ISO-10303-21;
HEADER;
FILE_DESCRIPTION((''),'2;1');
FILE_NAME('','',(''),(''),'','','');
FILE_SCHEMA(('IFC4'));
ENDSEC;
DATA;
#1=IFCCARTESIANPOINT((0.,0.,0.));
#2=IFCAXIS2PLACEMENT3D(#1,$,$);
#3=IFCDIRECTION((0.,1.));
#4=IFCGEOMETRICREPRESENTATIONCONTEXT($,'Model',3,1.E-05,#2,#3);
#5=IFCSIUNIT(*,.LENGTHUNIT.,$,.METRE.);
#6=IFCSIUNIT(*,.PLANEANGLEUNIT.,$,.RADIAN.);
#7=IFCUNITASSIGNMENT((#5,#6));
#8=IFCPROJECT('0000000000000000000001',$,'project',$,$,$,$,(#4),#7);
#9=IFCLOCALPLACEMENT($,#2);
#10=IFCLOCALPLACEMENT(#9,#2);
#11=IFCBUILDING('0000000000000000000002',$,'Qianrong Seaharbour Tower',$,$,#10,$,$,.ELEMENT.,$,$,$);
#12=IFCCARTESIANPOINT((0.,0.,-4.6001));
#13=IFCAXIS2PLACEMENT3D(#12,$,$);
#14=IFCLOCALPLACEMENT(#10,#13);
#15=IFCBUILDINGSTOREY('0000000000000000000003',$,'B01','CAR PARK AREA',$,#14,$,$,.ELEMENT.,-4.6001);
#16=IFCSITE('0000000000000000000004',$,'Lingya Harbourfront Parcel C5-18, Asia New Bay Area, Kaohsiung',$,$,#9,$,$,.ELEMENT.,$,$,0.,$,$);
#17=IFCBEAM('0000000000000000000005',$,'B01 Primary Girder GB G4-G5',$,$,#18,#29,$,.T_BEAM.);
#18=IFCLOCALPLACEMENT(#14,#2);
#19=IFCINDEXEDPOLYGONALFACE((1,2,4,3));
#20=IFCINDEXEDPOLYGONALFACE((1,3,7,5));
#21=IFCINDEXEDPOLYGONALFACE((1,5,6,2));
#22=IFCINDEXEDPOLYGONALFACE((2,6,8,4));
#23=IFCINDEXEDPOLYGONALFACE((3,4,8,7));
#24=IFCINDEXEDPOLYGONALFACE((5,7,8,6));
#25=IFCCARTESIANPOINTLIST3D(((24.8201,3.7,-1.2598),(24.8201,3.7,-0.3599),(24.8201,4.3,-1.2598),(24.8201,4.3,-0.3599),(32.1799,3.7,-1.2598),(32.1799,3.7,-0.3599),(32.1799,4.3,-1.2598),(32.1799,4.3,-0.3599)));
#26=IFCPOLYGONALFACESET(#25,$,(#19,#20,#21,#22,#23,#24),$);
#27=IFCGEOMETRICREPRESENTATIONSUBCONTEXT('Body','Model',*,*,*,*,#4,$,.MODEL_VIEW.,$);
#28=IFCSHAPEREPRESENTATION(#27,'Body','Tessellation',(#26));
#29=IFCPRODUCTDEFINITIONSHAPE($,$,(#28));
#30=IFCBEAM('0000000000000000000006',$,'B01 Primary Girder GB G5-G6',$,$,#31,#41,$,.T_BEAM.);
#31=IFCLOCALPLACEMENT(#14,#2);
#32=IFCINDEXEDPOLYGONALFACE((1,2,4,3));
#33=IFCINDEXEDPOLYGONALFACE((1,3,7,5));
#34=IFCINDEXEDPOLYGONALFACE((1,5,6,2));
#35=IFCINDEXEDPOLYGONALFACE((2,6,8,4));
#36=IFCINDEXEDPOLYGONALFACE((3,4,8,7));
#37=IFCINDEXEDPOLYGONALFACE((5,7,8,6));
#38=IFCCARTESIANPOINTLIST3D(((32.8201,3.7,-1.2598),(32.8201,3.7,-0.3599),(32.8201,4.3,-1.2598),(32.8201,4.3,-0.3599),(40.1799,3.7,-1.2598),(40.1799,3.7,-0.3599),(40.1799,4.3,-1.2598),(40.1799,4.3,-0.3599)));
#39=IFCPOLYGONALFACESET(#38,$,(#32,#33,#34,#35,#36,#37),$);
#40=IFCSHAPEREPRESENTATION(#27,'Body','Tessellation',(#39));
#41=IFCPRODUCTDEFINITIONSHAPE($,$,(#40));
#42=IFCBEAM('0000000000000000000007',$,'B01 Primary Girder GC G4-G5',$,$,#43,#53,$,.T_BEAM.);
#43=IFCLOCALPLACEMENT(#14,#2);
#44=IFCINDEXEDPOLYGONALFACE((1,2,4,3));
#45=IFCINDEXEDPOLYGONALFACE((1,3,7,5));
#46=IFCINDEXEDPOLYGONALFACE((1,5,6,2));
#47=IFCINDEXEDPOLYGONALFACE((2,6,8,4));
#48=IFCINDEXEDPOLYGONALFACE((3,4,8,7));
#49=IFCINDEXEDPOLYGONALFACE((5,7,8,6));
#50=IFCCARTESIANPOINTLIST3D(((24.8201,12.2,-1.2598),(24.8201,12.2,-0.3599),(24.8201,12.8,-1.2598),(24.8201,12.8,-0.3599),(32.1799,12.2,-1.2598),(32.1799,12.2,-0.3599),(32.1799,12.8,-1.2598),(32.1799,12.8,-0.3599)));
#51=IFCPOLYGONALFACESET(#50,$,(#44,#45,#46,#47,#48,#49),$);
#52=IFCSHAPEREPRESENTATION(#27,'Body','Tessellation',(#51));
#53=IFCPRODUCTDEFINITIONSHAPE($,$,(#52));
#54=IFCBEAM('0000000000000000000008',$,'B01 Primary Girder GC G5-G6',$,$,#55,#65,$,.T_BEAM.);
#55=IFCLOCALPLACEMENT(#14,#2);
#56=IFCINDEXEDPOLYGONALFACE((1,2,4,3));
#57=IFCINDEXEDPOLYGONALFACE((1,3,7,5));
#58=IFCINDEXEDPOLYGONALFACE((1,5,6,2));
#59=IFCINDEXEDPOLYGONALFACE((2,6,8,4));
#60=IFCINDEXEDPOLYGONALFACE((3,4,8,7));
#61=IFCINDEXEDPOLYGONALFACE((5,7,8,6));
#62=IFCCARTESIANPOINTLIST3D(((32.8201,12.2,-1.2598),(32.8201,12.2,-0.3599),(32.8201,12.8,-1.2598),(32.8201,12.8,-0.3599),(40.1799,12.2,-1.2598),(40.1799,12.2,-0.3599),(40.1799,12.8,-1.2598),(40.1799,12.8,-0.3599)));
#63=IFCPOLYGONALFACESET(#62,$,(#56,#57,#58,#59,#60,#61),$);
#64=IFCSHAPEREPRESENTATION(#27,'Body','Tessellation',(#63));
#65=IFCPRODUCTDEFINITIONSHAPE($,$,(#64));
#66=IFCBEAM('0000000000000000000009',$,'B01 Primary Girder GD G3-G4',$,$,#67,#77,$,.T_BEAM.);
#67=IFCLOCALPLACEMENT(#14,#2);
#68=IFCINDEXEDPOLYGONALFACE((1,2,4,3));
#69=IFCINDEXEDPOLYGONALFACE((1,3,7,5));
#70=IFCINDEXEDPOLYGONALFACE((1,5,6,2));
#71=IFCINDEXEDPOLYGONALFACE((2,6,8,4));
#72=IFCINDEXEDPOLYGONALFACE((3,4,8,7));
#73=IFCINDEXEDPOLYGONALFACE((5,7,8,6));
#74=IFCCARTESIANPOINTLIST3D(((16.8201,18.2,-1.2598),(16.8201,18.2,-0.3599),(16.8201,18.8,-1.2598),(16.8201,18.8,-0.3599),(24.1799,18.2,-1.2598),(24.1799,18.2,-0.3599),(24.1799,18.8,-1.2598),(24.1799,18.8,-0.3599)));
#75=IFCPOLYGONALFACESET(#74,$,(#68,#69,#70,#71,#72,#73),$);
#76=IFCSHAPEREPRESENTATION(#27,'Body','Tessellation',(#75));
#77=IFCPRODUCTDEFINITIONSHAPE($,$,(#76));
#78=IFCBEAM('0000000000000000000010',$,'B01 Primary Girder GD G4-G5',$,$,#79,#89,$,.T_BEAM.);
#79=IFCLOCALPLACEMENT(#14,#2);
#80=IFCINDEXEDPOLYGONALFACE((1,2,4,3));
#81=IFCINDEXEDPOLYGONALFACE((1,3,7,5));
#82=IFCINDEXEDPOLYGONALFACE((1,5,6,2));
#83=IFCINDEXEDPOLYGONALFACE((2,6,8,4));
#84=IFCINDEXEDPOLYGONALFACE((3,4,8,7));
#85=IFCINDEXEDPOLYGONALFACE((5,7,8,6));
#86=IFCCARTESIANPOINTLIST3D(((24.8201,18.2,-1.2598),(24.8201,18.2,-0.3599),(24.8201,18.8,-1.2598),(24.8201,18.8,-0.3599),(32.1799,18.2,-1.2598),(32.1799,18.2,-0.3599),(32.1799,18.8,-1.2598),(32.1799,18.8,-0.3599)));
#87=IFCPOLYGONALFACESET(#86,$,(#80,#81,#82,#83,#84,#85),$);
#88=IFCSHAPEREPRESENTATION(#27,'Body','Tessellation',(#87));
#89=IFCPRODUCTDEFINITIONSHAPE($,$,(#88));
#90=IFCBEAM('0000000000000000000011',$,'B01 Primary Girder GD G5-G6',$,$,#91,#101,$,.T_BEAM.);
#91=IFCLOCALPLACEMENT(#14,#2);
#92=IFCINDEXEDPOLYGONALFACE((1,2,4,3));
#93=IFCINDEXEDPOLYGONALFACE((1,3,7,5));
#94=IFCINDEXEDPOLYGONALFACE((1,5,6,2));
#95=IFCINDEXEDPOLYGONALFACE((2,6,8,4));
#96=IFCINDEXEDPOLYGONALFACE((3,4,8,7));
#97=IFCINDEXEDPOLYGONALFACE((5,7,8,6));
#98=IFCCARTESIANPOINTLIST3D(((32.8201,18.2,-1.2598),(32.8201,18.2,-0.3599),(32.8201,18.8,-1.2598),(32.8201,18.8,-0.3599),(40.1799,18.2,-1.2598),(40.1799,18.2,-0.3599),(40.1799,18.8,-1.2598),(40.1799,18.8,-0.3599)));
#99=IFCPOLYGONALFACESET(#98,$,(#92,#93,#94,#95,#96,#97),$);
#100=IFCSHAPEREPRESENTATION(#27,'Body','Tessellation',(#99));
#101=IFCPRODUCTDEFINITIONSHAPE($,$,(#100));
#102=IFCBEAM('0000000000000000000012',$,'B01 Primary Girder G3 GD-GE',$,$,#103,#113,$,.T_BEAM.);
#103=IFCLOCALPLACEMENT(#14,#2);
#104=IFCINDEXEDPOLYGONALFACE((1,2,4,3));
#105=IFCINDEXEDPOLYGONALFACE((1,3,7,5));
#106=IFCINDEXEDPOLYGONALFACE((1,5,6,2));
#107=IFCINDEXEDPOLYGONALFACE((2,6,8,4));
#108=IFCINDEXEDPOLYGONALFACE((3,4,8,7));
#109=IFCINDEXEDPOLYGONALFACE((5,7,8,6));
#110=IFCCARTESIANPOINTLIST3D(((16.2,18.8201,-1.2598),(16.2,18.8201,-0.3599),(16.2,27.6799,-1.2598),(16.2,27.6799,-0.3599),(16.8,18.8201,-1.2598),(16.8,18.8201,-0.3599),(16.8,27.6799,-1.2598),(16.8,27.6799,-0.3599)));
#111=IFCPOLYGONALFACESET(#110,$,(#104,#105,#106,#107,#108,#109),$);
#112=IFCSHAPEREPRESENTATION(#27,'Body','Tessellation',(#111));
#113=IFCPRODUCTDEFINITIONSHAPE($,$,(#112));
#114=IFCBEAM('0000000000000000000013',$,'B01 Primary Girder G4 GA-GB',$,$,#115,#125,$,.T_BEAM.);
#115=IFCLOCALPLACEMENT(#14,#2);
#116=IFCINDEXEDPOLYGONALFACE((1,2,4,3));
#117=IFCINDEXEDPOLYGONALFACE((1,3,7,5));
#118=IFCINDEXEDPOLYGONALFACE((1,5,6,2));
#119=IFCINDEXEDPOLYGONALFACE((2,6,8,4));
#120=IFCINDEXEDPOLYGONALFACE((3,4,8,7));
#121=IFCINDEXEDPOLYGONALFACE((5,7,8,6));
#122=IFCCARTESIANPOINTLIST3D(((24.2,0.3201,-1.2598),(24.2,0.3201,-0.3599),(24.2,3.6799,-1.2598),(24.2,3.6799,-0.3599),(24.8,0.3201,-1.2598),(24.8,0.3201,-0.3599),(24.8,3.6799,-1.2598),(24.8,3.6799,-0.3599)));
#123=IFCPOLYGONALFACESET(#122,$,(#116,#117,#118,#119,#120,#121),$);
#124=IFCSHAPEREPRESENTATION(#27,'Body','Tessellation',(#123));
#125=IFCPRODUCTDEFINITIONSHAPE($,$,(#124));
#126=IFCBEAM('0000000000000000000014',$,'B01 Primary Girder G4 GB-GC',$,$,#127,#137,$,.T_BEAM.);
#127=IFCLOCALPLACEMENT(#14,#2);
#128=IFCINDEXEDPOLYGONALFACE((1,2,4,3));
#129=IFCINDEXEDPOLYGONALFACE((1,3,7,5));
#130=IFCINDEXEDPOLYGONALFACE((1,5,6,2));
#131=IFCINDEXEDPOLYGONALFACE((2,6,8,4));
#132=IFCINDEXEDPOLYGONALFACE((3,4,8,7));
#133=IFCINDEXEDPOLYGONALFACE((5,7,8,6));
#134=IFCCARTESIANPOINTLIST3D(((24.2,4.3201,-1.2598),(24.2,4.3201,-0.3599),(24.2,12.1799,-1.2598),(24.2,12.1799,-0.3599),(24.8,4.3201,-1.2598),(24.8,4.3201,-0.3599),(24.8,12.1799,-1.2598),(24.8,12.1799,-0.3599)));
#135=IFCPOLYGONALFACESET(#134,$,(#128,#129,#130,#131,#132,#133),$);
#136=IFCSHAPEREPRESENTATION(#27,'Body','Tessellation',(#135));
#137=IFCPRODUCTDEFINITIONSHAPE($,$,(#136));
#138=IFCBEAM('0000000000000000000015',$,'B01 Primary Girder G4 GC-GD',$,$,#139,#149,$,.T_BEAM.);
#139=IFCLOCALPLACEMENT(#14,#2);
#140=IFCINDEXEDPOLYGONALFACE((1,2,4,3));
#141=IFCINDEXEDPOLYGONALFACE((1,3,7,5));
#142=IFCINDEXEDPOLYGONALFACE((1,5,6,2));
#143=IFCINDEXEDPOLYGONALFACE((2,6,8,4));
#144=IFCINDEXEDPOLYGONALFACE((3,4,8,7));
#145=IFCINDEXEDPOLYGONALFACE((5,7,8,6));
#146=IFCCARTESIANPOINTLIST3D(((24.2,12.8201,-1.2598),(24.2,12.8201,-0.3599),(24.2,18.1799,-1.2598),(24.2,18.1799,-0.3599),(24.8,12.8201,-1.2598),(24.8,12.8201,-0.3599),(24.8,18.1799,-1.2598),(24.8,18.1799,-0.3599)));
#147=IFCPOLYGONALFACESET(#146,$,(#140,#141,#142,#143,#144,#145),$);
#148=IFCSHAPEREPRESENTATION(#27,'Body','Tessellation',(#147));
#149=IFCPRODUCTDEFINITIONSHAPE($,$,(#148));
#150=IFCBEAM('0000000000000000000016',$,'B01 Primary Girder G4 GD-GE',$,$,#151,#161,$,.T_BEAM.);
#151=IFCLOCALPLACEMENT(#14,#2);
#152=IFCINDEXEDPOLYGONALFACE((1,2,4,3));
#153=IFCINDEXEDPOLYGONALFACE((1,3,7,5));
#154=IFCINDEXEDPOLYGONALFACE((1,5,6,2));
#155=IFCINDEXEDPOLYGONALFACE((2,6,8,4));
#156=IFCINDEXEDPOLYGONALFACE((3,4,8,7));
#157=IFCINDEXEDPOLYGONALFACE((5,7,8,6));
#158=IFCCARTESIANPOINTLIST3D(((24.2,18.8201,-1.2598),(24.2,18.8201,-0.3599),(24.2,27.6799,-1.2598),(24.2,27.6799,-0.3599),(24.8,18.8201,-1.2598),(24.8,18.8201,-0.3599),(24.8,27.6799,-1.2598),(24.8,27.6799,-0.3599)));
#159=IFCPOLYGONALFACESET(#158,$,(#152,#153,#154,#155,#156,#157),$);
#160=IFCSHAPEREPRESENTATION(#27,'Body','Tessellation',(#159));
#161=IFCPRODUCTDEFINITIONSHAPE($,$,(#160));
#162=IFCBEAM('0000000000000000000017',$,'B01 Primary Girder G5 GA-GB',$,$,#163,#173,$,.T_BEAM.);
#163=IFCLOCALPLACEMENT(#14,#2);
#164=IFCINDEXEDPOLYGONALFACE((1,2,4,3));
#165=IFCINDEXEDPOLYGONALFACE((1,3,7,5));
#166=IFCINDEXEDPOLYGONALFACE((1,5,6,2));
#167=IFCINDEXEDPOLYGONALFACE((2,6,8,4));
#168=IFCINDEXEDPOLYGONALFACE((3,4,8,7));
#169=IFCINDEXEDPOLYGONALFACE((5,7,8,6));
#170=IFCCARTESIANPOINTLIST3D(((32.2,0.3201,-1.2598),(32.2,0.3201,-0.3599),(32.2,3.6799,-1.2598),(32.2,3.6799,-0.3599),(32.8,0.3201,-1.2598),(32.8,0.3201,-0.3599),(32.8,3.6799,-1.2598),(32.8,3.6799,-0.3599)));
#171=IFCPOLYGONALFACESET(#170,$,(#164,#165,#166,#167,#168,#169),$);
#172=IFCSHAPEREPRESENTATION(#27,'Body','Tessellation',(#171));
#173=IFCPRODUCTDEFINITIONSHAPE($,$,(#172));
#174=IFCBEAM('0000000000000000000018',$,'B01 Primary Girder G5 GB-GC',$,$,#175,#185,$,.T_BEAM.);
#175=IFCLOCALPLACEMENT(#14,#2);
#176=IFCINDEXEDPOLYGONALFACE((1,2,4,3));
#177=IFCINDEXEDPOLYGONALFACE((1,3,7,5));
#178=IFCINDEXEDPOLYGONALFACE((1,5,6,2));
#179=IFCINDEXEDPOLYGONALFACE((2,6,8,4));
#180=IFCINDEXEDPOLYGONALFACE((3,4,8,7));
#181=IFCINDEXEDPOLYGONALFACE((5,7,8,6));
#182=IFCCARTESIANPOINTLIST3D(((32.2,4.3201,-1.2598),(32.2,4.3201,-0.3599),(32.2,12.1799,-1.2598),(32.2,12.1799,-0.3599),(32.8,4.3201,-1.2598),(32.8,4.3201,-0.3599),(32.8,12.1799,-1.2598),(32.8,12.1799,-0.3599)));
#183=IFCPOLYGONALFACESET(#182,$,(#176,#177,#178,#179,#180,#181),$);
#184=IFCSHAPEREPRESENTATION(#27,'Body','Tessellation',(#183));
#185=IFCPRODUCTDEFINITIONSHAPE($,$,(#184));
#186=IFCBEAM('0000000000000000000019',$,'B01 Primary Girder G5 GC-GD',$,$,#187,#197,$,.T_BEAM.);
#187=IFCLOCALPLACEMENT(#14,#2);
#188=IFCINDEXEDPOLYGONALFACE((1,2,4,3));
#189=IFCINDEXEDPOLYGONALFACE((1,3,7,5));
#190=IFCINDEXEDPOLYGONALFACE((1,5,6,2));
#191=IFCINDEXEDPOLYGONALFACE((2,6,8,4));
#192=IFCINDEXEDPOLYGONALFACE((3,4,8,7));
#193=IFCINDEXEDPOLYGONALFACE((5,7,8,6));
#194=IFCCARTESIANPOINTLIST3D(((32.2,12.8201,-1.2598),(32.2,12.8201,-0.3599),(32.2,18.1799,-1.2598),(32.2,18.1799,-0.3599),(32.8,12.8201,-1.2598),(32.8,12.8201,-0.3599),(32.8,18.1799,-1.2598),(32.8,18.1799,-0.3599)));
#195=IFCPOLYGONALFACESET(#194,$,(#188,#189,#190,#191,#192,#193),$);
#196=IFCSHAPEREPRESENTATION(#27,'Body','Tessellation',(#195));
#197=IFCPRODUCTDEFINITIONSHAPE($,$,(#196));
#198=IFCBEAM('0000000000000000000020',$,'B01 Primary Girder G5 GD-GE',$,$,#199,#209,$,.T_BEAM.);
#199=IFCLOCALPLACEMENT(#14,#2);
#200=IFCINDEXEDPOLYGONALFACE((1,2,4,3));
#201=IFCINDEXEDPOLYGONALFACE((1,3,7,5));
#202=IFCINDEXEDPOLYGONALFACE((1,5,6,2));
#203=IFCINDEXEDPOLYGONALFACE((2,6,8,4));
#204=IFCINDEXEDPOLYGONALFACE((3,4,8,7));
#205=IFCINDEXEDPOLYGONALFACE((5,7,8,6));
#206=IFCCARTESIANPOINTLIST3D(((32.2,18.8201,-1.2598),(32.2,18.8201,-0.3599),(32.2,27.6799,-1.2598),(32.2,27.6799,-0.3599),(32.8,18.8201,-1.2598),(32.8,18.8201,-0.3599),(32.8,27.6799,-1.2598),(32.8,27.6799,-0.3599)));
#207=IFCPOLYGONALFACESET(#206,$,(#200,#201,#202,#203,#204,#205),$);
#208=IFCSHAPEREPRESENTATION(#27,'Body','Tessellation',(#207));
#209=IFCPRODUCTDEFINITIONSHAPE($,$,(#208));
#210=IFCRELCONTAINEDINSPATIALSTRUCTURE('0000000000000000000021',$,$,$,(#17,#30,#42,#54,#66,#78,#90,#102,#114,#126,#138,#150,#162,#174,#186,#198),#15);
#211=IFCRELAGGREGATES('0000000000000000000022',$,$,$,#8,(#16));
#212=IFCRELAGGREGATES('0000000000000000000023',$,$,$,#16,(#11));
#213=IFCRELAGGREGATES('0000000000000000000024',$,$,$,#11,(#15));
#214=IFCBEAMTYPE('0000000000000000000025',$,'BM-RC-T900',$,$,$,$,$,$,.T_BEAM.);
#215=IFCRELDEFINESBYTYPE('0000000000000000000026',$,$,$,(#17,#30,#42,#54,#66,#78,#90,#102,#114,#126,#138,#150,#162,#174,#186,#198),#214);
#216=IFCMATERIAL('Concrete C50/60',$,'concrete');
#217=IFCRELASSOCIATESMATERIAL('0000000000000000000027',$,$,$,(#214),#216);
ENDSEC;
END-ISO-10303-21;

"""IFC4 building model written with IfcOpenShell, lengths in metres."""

from ifc_helpers import new_model, si_unit, direction, frame, origin, origin_2d, place, context, subcontext, project, spatial, rectangle, extrude, material, material_profile, profile_set, type_object, element, save


model = new_model("IFC4")

# Units and contexts
model_context = context("Model", 3, precision=1e-05, world=origin(), true_north=direction((0.0, 1.0)))
body_context = subcontext(model_context, "Body", "Model", "MODEL_VIEW")
ifc_project = project(units=[si_unit("LENGTHUNIT", "METRE"), si_unit("PLANEANGLEUNIT", "RADIAN")], contexts=[model_context])

# Site, building, storey
site_placement = place(None, origin())
site = spatial("IfcSite", under=ifc_project, at=site_placement, Name="Lingya Harbourfront Parcel C5-18, Asia New Bay Area, Kaohsiung", CompositionType="ELEMENT", RefElevation=0.0)
building_placement = place(site_placement, origin())
building = spatial("IfcBuilding", under=site, at=building_placement, Name="Qianrong Seaharbour Tower", CompositionType="ELEMENT")
storey_placement = place(building_placement, frame((0.0, 0.0, -4.6001)))
storey = spatial("IfcBuildingStorey", under=building, at=storey_placement, Name="B01", Description="CAR PARK AREA", CompositionType="ELEMENT", Elevation=-4.6001)

# Beams
ifc_material_1 = material(Name="Concrete C50/60", Category="concrete")
ifc_material_profile_1 = material_profile(ifc_material_1, rectangle(XDim=0.6001, YDim=0.8999, at=origin_2d()), Name="RC600x900")
ifc_profile_set_1 = profile_set([ifc_material_profile_1], Name="Concrete C50/60")
beam_type_1 = type_object("IfcBeamType", Name="BM-RC-T900", PredefinedType="T_BEAM", material=ifc_profile_set_1)
for number, where, z_axis, x_axis, name in (
    (1, (24.8201, 4.0, -0.8098), (1.0, 0.0, 0.0), (0.0, 1.0, 0.0), "B01 Primary Girder GB G4-G5"),
    (2, (32.8201, 4.0, -0.8098), (1.0, 0.0, 0.0), (0.0, 1.0, 0.0), "B01 Primary Girder GB G5-G6"),
    (3, (24.8201, 12.5, -0.8098), (1.0, 0.0, 0.0), (0.0, 1.0, 0.0), "B01 Primary Girder GC G4-G5"),
    (4, (32.8201, 12.5, -0.8098), (1.0, 0.0, 0.0), (0.0, 1.0, 0.0), "B01 Primary Girder GC G5-G6"),
    (5, (16.8201, 18.5, -0.8098), (1.0, 0.0, 0.0), (0.0, 1.0, 0.0), "B01 Primary Girder GD G3-G4"),
    (6, (24.8201, 18.5, -0.8098), (1.0, 0.0, 0.0), (0.0, 1.0, 0.0), "B01 Primary Girder GD G4-G5"),
    (7, (32.8201, 18.5, -0.8098), (1.0, 0.0, 0.0), (0.0, 1.0, 0.0), "B01 Primary Girder GD G5-G6"),
):
    element("IfcBeam", number, at=place(storey_placement, frame(where, z_axis=z_axis, x_axis=x_axis)), inside=storey, type_object=beam_type_1, Name=name, PredefinedType="T_BEAM", context=body_context, shape_type="SweptSolid", body=[
        extrude(rectangle(XDim=0.6001, YDim=0.8999, at=origin_2d()), origin(), (0.0, 0.0, 1.0), 7.3599),
    ])
beam_1_placement = place(storey_placement, frame((16.5, 18.8201, -0.8098), z_axis=(0.0, 1.0, 0.0), x_axis=(-1.0, 0.0, 0.0)))
element("IfcBeam", 8, at=beam_1_placement, inside=storey, type_object=beam_type_1, Name="B01 Primary Girder G3 GD-GE", PredefinedType="T_BEAM", context=body_context, shape_type="SweptSolid", body=[
    extrude(rectangle(XDim=0.6001, YDim=0.8999, at=origin_2d()), origin(), (0.0, 0.0, 1.0), 8.8599),
])
beam_2_placement = place(storey_placement, frame((24.5, 0.3201, -0.8098), z_axis=(0.0, 1.0, 0.0), x_axis=(-1.0, 0.0, 0.0)))
element("IfcBeam", 9, at=beam_2_placement, inside=storey, type_object=beam_type_1, Name="B01 Primary Girder G4 GA-GB", PredefinedType="T_BEAM", context=body_context, shape_type="SweptSolid", body=[
    extrude(rectangle(XDim=0.6001, YDim=0.8999, at=origin_2d()), origin(), (0.0, 0.0, 1.0), 3.3599),
])
beam_3_placement = place(storey_placement, frame((24.5, 4.3201, -0.8098), z_axis=(0.0, 1.0, 0.0), x_axis=(-1.0, 0.0, 0.0)))
element("IfcBeam", 10, at=beam_3_placement, inside=storey, type_object=beam_type_1, Name="B01 Primary Girder G4 GB-GC", PredefinedType="T_BEAM", context=body_context, shape_type="SweptSolid", body=[
    extrude(rectangle(XDim=0.6001, YDim=0.8999, at=origin_2d()), origin(), (0.0, 0.0, 1.0), 7.8599),
])
beam_4_placement = place(storey_placement, frame((24.5, 12.8201, -0.8098), z_axis=(0.0, 1.0, 0.0), x_axis=(-1.0, 0.0, 0.0)))
element("IfcBeam", 11, at=beam_4_placement, inside=storey, type_object=beam_type_1, Name="B01 Primary Girder G4 GC-GD", PredefinedType="T_BEAM", context=body_context, shape_type="SweptSolid", body=[
    extrude(rectangle(XDim=0.6001, YDim=0.8999, at=origin_2d()), origin(), (0.0, 0.0, 1.0), 5.3599),
])
beam_5_placement = place(storey_placement, frame((24.5, 18.8201, -0.8098), z_axis=(0.0, 1.0, 0.0), x_axis=(-1.0, 0.0, 0.0)))
element("IfcBeam", 12, at=beam_5_placement, inside=storey, type_object=beam_type_1, Name="B01 Primary Girder G4 GD-GE", PredefinedType="T_BEAM", context=body_context, shape_type="SweptSolid", body=[
    extrude(rectangle(XDim=0.6001, YDim=0.8999, at=origin_2d()), origin(), (0.0, 0.0, 1.0), 8.8599),
])
beam_6_placement = place(storey_placement, frame((32.5, 0.3201, -0.8098), z_axis=(0.0, 1.0, 0.0), x_axis=(-1.0, 0.0, 0.0)))
element("IfcBeam", 13, at=beam_6_placement, inside=storey, type_object=beam_type_1, Name="B01 Primary Girder G5 GA-GB", PredefinedType="T_BEAM", context=body_context, shape_type="SweptSolid", body=[
    extrude(rectangle(XDim=0.6001, YDim=0.8999, at=origin_2d()), origin(), (0.0, 0.0, 1.0), 3.3599),
])
beam_7_placement = place(storey_placement, frame((32.5, 4.3201, -0.8098), z_axis=(0.0, 1.0, 0.0), x_axis=(-1.0, 0.0, 0.0)))
element("IfcBeam", 14, at=beam_7_placement, inside=storey, type_object=beam_type_1, Name="B01 Primary Girder G5 GB-GC", PredefinedType="T_BEAM", context=body_context, shape_type="SweptSolid", body=[
    extrude(rectangle(XDim=0.6001, YDim=0.8999, at=origin_2d()), origin(), (0.0, 0.0, 1.0), 7.8599),
])
beam_8_placement = place(storey_placement, frame((32.5, 12.8201, -0.8098), z_axis=(0.0, 1.0, 0.0), x_axis=(-1.0, 0.0, 0.0)))
element("IfcBeam", 15, at=beam_8_placement, inside=storey, type_object=beam_type_1, Name="B01 Primary Girder G5 GC-GD", PredefinedType="T_BEAM", context=body_context, shape_type="SweptSolid", body=[
    extrude(rectangle(XDim=0.6001, YDim=0.8999, at=origin_2d()), origin(), (0.0, 0.0, 1.0), 5.3599),
])
beam_9_placement = place(storey_placement, frame((32.5, 18.8201, -0.8098), z_axis=(0.0, 1.0, 0.0), x_axis=(-1.0, 0.0, 0.0)))
element("IfcBeam", 16, at=beam_9_placement, inside=storey, type_object=beam_type_1, Name="B01 Primary Girder G5 GD-GE", PredefinedType="T_BEAM", context=body_context, shape_type="SweptSolid", body=[
    extrude(rectangle(XDim=0.6001, YDim=0.8999, at=origin_2d()), origin(), (0.0, 0.0, 1.0), 8.8599),
])

save(model, "model.ifc")
